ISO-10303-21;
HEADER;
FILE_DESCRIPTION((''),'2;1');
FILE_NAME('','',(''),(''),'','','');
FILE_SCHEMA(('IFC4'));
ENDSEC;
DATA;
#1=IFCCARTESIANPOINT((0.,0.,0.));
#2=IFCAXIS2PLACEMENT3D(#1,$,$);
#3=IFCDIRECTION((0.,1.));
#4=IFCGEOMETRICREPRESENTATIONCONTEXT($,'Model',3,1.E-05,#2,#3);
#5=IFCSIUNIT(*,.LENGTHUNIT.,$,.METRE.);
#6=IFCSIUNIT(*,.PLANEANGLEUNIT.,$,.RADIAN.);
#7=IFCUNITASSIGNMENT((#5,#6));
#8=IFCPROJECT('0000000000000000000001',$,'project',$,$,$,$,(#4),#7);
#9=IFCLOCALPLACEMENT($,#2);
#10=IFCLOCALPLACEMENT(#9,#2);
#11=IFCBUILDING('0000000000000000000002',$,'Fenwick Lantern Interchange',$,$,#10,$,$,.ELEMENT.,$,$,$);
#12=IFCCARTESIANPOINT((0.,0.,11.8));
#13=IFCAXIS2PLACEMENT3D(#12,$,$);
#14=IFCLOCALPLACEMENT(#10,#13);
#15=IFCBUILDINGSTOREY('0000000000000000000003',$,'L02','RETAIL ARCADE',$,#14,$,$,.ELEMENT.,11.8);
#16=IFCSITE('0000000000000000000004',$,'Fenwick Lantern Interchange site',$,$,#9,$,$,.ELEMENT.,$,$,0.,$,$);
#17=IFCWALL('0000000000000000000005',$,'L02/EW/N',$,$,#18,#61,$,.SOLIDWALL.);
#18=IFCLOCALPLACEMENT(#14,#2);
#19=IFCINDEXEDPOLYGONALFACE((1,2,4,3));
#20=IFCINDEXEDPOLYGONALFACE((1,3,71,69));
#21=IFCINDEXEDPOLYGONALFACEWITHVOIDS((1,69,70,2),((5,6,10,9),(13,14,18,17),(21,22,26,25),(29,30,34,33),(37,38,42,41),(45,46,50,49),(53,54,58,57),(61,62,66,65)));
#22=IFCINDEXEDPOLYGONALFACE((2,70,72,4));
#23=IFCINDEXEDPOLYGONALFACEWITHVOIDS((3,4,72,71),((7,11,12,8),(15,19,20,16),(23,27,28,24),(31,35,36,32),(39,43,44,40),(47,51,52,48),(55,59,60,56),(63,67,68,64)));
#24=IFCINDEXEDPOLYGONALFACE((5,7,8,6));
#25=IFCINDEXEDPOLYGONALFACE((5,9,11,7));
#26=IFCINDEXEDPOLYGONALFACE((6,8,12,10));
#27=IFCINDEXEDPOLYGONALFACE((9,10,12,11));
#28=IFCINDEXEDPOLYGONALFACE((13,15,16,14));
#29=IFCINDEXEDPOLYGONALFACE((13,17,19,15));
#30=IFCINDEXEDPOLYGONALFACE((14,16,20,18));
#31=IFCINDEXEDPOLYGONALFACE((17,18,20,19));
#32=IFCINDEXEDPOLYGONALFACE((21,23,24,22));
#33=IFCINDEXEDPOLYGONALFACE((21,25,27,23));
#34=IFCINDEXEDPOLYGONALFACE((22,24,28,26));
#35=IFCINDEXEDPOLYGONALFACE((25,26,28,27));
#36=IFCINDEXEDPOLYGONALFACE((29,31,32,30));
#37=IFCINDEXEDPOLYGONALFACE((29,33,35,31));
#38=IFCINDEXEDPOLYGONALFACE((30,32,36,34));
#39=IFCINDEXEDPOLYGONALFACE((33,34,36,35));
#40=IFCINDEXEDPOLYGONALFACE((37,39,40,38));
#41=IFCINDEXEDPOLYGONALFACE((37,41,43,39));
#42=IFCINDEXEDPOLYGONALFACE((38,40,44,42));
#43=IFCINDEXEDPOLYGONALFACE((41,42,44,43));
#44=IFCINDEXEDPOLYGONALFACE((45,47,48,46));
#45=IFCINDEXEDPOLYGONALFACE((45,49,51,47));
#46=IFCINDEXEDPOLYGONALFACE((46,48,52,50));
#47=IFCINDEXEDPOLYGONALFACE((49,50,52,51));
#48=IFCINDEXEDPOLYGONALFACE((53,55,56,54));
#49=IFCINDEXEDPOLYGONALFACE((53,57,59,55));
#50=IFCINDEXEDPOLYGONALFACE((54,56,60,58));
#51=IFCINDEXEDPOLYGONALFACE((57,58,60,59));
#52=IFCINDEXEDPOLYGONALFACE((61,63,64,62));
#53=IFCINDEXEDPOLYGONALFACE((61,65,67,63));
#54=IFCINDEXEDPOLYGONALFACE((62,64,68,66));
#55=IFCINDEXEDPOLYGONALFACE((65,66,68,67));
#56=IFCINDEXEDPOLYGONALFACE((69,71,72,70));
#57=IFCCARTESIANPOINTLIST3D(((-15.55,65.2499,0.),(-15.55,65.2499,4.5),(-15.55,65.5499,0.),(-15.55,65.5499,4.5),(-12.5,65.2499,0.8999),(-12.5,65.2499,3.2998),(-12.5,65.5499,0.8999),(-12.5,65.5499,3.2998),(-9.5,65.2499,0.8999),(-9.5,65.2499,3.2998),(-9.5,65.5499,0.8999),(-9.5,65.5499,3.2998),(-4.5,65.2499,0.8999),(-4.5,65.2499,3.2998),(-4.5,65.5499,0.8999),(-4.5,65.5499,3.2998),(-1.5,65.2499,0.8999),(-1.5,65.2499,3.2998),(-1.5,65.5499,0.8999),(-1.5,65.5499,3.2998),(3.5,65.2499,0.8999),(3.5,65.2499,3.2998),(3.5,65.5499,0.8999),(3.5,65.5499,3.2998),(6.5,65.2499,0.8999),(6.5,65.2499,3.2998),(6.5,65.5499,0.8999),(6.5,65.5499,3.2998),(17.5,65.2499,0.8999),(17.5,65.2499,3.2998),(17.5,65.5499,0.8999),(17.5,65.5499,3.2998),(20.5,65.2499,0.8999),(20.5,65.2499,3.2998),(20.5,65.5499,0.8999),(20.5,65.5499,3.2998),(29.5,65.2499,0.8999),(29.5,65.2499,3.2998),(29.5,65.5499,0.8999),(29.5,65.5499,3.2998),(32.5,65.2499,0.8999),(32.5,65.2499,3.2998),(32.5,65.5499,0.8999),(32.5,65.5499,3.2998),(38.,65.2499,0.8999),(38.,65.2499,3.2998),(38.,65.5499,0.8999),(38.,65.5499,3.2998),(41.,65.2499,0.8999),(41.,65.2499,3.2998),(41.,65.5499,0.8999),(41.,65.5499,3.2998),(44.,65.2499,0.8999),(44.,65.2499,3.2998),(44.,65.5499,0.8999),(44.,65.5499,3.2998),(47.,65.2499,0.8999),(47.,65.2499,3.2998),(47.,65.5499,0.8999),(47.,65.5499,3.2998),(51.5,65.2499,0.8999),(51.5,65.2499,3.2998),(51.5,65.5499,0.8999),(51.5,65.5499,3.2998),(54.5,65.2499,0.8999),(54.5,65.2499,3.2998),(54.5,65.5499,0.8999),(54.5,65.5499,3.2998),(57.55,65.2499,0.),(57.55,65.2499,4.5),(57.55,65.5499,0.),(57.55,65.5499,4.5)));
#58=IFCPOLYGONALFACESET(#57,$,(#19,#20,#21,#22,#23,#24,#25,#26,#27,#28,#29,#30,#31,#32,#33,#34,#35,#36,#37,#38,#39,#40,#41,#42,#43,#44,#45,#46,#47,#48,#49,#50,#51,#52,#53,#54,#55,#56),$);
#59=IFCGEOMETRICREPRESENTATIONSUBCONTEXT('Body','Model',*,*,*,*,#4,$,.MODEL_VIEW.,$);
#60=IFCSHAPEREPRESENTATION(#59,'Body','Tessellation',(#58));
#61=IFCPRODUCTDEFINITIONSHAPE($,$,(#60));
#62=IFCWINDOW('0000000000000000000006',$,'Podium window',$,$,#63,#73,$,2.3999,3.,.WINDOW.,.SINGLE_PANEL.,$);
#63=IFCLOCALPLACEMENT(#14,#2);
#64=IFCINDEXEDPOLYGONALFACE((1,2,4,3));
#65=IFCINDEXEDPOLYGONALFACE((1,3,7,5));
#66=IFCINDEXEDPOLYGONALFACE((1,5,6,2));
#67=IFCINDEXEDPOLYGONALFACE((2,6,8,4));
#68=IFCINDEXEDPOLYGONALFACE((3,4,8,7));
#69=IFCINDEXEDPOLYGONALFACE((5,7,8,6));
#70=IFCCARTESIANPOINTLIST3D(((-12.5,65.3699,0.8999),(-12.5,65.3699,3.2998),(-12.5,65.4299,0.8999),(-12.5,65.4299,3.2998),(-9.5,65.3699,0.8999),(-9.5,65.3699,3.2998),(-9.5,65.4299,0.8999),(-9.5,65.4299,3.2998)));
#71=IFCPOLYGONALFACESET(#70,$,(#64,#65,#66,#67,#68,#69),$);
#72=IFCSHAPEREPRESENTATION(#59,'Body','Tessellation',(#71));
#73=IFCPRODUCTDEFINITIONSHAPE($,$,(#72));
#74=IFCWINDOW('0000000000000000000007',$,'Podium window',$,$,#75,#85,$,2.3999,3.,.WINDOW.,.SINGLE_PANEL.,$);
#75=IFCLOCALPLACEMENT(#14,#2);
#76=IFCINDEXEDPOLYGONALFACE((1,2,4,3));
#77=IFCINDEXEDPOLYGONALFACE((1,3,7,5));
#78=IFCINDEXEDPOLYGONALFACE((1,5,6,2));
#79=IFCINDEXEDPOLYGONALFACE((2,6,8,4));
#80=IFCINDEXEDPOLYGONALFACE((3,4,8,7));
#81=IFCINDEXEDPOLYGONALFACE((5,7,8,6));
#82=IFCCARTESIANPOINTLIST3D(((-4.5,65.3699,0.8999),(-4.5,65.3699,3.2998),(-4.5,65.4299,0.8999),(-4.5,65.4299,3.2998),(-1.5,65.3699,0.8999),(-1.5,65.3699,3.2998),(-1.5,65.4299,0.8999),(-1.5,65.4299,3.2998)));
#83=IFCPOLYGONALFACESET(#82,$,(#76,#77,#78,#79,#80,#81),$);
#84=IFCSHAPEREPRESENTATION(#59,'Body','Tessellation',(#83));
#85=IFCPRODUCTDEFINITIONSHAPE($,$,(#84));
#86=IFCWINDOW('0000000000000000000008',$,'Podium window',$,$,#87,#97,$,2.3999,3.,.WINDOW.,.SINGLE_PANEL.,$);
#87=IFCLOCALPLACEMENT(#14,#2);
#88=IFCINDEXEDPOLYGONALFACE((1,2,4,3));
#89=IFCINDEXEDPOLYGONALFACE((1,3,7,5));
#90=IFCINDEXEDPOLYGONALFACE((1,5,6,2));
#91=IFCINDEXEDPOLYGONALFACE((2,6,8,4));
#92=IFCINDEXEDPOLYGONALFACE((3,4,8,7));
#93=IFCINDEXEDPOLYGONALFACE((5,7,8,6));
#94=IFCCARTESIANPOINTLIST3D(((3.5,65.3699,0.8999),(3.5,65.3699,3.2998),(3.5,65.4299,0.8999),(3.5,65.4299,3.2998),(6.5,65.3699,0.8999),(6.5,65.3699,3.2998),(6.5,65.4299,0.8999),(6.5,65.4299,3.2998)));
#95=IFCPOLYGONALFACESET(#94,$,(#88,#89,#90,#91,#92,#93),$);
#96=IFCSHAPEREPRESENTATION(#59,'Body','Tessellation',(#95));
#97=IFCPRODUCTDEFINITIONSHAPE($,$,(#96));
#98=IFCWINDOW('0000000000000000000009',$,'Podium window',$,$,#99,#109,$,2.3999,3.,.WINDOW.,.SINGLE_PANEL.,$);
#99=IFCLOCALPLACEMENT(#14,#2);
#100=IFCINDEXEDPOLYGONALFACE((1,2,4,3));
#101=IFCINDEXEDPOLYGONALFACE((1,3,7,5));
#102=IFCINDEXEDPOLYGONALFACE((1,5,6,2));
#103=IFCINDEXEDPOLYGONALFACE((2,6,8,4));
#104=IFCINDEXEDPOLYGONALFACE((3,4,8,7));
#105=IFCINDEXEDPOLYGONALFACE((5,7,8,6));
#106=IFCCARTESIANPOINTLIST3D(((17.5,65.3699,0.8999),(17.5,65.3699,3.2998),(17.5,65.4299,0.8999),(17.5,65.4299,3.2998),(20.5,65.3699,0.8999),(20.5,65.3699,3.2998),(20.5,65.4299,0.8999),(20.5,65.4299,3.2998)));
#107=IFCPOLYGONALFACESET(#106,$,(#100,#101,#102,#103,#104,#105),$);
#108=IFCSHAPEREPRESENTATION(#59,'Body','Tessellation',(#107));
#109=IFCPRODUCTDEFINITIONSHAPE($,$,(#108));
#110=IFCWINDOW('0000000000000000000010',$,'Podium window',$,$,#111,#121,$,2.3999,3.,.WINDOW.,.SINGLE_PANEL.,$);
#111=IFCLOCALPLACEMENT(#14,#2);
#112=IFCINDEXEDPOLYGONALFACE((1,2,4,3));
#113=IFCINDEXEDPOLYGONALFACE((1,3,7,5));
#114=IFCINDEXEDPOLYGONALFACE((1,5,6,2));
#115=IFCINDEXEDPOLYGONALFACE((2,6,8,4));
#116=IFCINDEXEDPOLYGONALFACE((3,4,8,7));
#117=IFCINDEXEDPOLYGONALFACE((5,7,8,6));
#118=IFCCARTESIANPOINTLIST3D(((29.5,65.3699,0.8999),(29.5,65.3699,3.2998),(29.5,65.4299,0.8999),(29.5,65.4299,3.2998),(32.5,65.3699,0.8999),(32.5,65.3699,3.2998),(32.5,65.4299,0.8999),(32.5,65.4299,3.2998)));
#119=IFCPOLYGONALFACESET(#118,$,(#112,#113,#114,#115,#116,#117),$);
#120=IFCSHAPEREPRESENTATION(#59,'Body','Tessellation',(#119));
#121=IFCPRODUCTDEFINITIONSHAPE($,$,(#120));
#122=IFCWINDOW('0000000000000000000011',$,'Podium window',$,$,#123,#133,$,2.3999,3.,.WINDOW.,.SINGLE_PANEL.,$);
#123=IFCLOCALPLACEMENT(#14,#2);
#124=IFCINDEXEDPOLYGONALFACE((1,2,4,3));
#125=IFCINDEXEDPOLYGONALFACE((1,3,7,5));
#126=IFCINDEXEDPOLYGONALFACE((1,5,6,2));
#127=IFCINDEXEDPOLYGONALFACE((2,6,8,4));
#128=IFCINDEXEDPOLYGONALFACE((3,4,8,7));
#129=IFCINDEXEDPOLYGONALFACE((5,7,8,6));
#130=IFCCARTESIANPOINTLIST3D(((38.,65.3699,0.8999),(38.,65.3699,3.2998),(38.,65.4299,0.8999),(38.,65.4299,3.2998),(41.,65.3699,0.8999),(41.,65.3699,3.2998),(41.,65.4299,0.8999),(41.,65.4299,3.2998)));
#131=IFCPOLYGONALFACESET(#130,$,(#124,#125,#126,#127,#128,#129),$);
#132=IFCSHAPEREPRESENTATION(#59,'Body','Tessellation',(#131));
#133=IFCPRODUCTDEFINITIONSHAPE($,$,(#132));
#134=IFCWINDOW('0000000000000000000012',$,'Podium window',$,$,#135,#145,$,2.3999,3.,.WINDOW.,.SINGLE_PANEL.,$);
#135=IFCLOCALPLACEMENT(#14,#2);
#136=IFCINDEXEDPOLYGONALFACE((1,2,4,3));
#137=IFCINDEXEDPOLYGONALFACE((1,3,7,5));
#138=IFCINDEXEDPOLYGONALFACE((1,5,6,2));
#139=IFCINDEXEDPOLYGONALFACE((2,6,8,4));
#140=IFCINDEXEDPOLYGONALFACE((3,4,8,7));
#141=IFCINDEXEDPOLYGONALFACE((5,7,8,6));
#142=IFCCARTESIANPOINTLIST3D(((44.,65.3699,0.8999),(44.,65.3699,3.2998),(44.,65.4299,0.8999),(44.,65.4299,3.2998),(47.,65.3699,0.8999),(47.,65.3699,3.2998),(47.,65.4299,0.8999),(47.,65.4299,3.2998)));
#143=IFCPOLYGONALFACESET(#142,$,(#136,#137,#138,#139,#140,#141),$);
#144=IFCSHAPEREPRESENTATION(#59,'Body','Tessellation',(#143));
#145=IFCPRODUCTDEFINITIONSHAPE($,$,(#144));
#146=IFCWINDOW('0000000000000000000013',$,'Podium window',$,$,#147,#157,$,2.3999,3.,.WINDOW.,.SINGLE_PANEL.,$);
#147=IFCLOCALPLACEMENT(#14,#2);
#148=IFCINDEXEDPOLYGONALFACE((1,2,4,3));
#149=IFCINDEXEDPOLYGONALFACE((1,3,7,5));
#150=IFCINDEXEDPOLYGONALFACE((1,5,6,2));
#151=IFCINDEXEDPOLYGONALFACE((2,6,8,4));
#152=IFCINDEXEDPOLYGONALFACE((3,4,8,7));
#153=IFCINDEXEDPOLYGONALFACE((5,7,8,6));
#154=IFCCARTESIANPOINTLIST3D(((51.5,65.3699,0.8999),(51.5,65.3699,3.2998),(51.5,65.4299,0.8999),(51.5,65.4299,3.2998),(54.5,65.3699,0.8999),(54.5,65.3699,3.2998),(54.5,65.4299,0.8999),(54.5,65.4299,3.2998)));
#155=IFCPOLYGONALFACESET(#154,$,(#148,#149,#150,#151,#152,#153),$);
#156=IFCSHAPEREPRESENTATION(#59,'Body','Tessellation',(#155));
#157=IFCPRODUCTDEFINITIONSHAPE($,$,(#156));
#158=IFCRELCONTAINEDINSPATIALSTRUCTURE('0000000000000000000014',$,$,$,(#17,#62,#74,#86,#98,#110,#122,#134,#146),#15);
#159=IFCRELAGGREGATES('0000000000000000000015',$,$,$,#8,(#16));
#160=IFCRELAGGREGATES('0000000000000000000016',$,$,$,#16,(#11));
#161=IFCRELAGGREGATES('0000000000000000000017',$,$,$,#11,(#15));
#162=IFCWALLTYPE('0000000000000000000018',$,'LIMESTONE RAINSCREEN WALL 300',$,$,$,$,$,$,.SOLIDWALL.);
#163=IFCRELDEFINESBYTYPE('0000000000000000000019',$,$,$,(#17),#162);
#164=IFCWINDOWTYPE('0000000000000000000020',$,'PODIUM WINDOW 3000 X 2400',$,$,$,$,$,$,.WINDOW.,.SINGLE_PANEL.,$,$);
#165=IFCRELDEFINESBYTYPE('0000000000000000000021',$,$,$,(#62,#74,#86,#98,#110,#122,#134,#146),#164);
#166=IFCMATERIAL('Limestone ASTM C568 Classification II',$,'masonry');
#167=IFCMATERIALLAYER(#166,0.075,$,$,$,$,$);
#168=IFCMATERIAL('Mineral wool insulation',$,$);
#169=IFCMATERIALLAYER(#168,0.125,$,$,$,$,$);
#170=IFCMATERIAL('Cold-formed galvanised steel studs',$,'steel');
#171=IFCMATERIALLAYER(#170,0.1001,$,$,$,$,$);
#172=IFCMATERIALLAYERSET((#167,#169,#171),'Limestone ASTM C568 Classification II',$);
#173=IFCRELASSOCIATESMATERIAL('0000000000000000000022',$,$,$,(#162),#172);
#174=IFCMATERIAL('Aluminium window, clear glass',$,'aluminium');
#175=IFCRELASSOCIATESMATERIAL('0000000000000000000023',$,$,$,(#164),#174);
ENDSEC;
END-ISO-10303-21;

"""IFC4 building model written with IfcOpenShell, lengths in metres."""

from ifc_helpers import new_model, si_unit, direction, frame, frame_2d, origin, place, context, subcontext, project, spatial, rectangle, extrude, material, layer, layer_set, type_object, element, fill, save


model = new_model("IFC4")

# Units and contexts
model_context = context("Model", 3, precision=1e-05, world=origin(), true_north=direction((0.0, 1.0)))
body_context = subcontext(model_context, "Body", "Model", "MODEL_VIEW")
ifc_project = project(units=[si_unit("LENGTHUNIT", "METRE"), si_unit("PLANEANGLEUNIT", "RADIAN")], contexts=[model_context])

# Site, building, storey
site_placement = place(None, origin())
site = spatial("IfcSite", under=ifc_project, at=site_placement, Name="Fenwick Lantern Interchange site", CompositionType="ELEMENT", RefElevation=0.0)
building_placement = place(site_placement, origin())
building = spatial("IfcBuilding", under=site, at=building_placement, Name="Fenwick Lantern Interchange", CompositionType="ELEMENT")
storey_placement = place(building_placement, frame((0.0, 0.0, 11.8)))
storey = spatial("IfcBuildingStorey", under=building, at=storey_placement, Name="L02", Description="RETAIL ARCADE", CompositionType="ELEMENT", Elevation=11.8)

# Wall, openings, windows
ifc_material_1 = material(Name="Limestone ASTM C568 Classification II", Category="masonry")
ifc_layer_1 = layer(ifc_material_1, 0.075)
ifc_material_2 = material(Name="Mineral wool insulation")
ifc_layer_2 = layer(ifc_material_2, 0.125)
ifc_material_3 = material(Name="Cold-formed galvanised steel studs", Category="steel")
ifc_layer_3 = layer(ifc_material_3, 0.1001)
ifc_layer_set_1 = layer_set([ifc_layer_1, ifc_layer_2, ifc_layer_3], Name="Limestone ASTM C568 Classification II")
wall_type_1 = type_object("IfcWallType", Name="LIMESTONE RAINSCREEN WALL 300", PredefinedType="SOLIDWALL", material=ifc_layer_set_1)
wall_1_placement = place(storey_placement, frame((57.55, 65.3999, 0.0), z_axis=(0.0, 0.0, 1.0), x_axis=(-1.0, 0.0, 0.0)))
wall_1 = element("IfcWall", 1, at=wall_1_placement, inside=storey, type_object=wall_type_1, Name="L02/EW/N", PredefinedType="SOLIDWALL", context=body_context, shape_type="SweptSolid", body=[
    extrude(rectangle(XDim=73.1001, YDim=0.3, at=frame_2d((36.55, 0.0))), origin(), (0.0, 0.0, 1.0), 4.5),
])
opening_1_placement = place(wall_1_placement, frame((67.05, 0.0, 0.8999)))
opening_1 = element("IfcOpeningElement", 2, at=opening_1_placement, cuts=wall_1, PredefinedType="OPENING", context=body_context, shape_type="SweptSolid", body=[
    extrude(rectangle(XDim=3.0, YDim=2.3999, at=frame_2d((1.5, 1.2))), frame((0.0, 0.1599, 0.0), z_axis=(0.0, -1.0, 0.0), x_axis=(1.0, 0.0, 0.0)), (0.0, 0.0, 1.0), 0.3201),
])
opening_2_placement = place(wall_1_placement, frame((59.05, 0.0, 0.8999)))
opening_2 = element("IfcOpeningElement", 3, at=opening_2_placement, cuts=wall_1, PredefinedType="OPENING", context=body_context, shape_type="SweptSolid", body=[
    extrude(rectangle(XDim=3.0, YDim=2.3999, at=frame_2d((1.5, 1.2))), frame((0.0, 0.1599, 0.0), z_axis=(0.0, -1.0, 0.0), x_axis=(1.0, 0.0, 0.0)), (0.0, 0.0, 1.0), 0.3201),
])
opening_3_placement = place(wall_1_placement, frame((51.05, 0.0, 0.8999)))
opening_3 = element("IfcOpeningElement", 4, at=opening_3_placement, cuts=wall_1, PredefinedType="OPENING", context=body_context, shape_type="SweptSolid", body=[
    extrude(rectangle(XDim=3.0, YDim=2.3999, at=frame_2d((1.5, 1.2))), frame((0.0, 0.1599, 0.0), z_axis=(0.0, -1.0, 0.0), x_axis=(1.0, 0.0, 0.0)), (0.0, 0.0, 1.0), 0.3201),
])
opening_4_placement = place(wall_1_placement, frame((37.05, 0.0, 0.8999)))
opening_4 = element("IfcOpeningElement", 5, at=opening_4_placement, cuts=wall_1, PredefinedType="OPENING", context=body_context, shape_type="SweptSolid", body=[
    extrude(rectangle(XDim=3.0, YDim=2.3999, at=frame_2d((1.5, 1.2))), frame((0.0, 0.1599, 0.0), z_axis=(0.0, -1.0, 0.0), x_axis=(1.0, 0.0, 0.0)), (0.0, 0.0, 1.0), 0.3201),
])
opening_5_placement = place(wall_1_placement, frame((25.05, 0.0, 0.8999)))
opening_5 = element("IfcOpeningElement", 6, at=opening_5_placement, cuts=wall_1, PredefinedType="OPENING", context=body_context, shape_type="SweptSolid", body=[
    extrude(rectangle(XDim=3.0, YDim=2.3999, at=frame_2d((1.5, 1.2))), frame((0.0, 0.1599, 0.0), z_axis=(0.0, -1.0, 0.0), x_axis=(1.0, 0.0, 0.0)), (0.0, 0.0, 1.0), 0.3201),
])
opening_6_placement = place(wall_1_placement, frame((16.55, 0.0, 0.8999)))
opening_6 = element("IfcOpeningElement", 7, at=opening_6_placement, cuts=wall_1, PredefinedType="OPENING", context=body_context, shape_type="SweptSolid", body=[
    extrude(rectangle(XDim=3.0, YDim=2.3999, at=frame_2d((1.5, 1.2))), frame((0.0, 0.1599, 0.0), z_axis=(0.0, -1.0, 0.0), x_axis=(1.0, 0.0, 0.0)), (0.0, 0.0, 1.0), 0.3201),
])
opening_7_placement = place(wall_1_placement, frame((10.55, 0.0, 0.8999)))
opening_7 = element("IfcOpeningElement", 8, at=opening_7_placement, cuts=wall_1, PredefinedType="OPENING", context=body_context, shape_type="SweptSolid", body=[
    extrude(rectangle(XDim=3.0, YDim=2.3999, at=frame_2d((1.5, 1.2))), frame((0.0, 0.1599, 0.0), z_axis=(0.0, -1.0, 0.0), x_axis=(1.0, 0.0, 0.0)), (0.0, 0.0, 1.0), 0.3201),
])
opening_8_placement = place(wall_1_placement, frame((3.05, 0.0, 0.8999)))
opening_8 = element("IfcOpeningElement", 9, at=opening_8_placement, cuts=wall_1, PredefinedType="OPENING", context=body_context, shape_type="SweptSolid", body=[
    extrude(rectangle(XDim=3.0, YDim=2.3999, at=frame_2d((1.5, 1.2))), frame((0.0, 0.1599, 0.0), z_axis=(0.0, -1.0, 0.0), x_axis=(1.0, 0.0, 0.0)), (0.0, 0.0, 1.0), 0.3201),
])
ifc_material_4 = material(Name="Aluminium window, clear glass", Category="aluminium")
window_type = type_object("IfcWindowType", Name="PODIUM WINDOW 3000 X 2400", PartitioningType="SINGLE_PANEL", PredefinedType="WINDOW", material=ifc_material_4)
window_1_placement = place(opening_1_placement, origin())
window_1 = element("IfcWindow", 10, at=window_1_placement, inside=storey, type_object=window_type, Name="Podium window", OverallHeight=2.3999, OverallWidth=3.0, PartitioningType="SINGLE_PANEL", PredefinedType="WINDOW", context=body_context, shape_type="SweptSolid", body=[
    extrude(rectangle(XDim=3.0, YDim=2.3999, at=frame_2d((1.5, 1.2))), frame((0.0, 0.03, 0.0), z_axis=(0.0, -1.0, 0.0), x_axis=(1.0, 0.0, 0.0)), (0.0, 0.0, 1.0), 0.0601),
])
fill(opening_1, window_1)
window_2_placement = place(opening_2_placement, origin())
window_2 = element("IfcWindow", 11, at=window_2_placement, inside=storey, type_object=window_type, Name="Podium window", OverallHeight=2.3999, OverallWidth=3.0, PartitioningType="SINGLE_PANEL", PredefinedType="WINDOW", context=body_context, shape_type="SweptSolid", body=[
    extrude(rectangle(XDim=3.0, YDim=2.3999, at=frame_2d((1.5, 1.2))), frame((0.0, 0.03, 0.0), z_axis=(0.0, -1.0, 0.0), x_axis=(1.0, 0.0, 0.0)), (0.0, 0.0, 1.0), 0.0601),
])
fill(opening_2, window_2)
window_3_placement = place(opening_3_placement, origin())
window_3 = element("IfcWindow", 12, at=window_3_placement, inside=storey, type_object=window_type, Name="Podium window", OverallHeight=2.3999, OverallWidth=3.0, PartitioningType="SINGLE_PANEL", PredefinedType="WINDOW", context=body_context, shape_type="SweptSolid", body=[
    extrude(rectangle(XDim=3.0, YDim=2.3999, at=frame_2d((1.5, 1.2))), frame((0.0, 0.03, 0.0), z_axis=(0.0, -1.0, 0.0), x_axis=(1.0, 0.0, 0.0)), (0.0, 0.0, 1.0), 0.0601),
])
fill(opening_3, window_3)
window_4_placement = place(opening_4_placement, origin())
window_4 = element("IfcWindow", 13, at=window_4_placement, inside=storey, type_object=window_type, Name="Podium window", OverallHeight=2.3999, OverallWidth=3.0, PartitioningType="SINGLE_PANEL", PredefinedType="WINDOW", context=body_context, shape_type="SweptSolid", body=[
    extrude(rectangle(XDim=3.0, YDim=2.3999, at=frame_2d((1.5, 1.2))), frame((0.0, 0.03, 0.0), z_axis=(0.0, -1.0, 0.0), x_axis=(1.0, 0.0, 0.0)), (0.0, 0.0, 1.0), 0.0601),
])
fill(opening_4, window_4)
window_5_placement = place(opening_5_placement, origin())
window_5 = element("IfcWindow", 14, at=window_5_placement, inside=storey, type_object=window_type, Name="Podium window", OverallHeight=2.3999, OverallWidth=3.0, PartitioningType="SINGLE_PANEL", PredefinedType="WINDOW", context=body_context, shape_type="SweptSolid", body=[
    extrude(rectangle(XDim=3.0, YDim=2.3999, at=frame_2d((1.5, 1.2))), frame((0.0, 0.03, 0.0), z_axis=(0.0, -1.0, 0.0), x_axis=(1.0, 0.0, 0.0)), (0.0, 0.0, 1.0), 0.0601),
])
fill(opening_5, window_5)
window_6_placement = place(opening_6_placement, origin())
window_6 = element("IfcWindow", 15, at=window_6_placement, inside=storey, type_object=window_type, Name="Podium window", OverallHeight=2.3999, OverallWidth=3.0, PartitioningType="SINGLE_PANEL", PredefinedType="WINDOW", context=body_context, shape_type="SweptSolid", body=[
    extrude(rectangle(XDim=3.0, YDim=2.3999, at=frame_2d((1.5, 1.2))), frame((0.0, 0.03, 0.0), z_axis=(0.0, -1.0, 0.0), x_axis=(1.0, 0.0, 0.0)), (0.0, 0.0, 1.0), 0.0601),
])
fill(opening_6, window_6)
window_7_placement = place(opening_7_placement, origin())
window_7 = element("IfcWindow", 16, at=window_7_placement, inside=storey, type_object=window_type, Name="Podium window", OverallHeight=2.3999, OverallWidth=3.0, PartitioningType="SINGLE_PANEL", PredefinedType="WINDOW", context=body_context, shape_type="SweptSolid", body=[
    extrude(rectangle(XDim=3.0, YDim=2.3999, at=frame_2d((1.5, 1.2))), frame((0.0, 0.03, 0.0), z_axis=(0.0, -1.0, 0.0), x_axis=(1.0, 0.0, 0.0)), (0.0, 0.0, 1.0), 0.0601),
])
fill(opening_7, window_7)
window_8_placement = place(opening_8_placement, origin())
window_8 = element("IfcWindow", 17, at=window_8_placement, inside=storey, type_object=window_type, Name="Podium window", OverallHeight=2.3999, OverallWidth=3.0, PartitioningType="SINGLE_PANEL", PredefinedType="WINDOW", context=body_context, shape_type="SweptSolid", body=[
    extrude(rectangle(XDim=3.0, YDim=2.3999, at=frame_2d((1.5, 1.2))), frame((0.0, 0.03, 0.0), z_axis=(0.0, -1.0, 0.0), x_axis=(1.0, 0.0, 0.0)), (0.0, 0.0, 1.0), 0.0601),
])
fill(opening_8, window_8)

save(model, "model.ifc")
